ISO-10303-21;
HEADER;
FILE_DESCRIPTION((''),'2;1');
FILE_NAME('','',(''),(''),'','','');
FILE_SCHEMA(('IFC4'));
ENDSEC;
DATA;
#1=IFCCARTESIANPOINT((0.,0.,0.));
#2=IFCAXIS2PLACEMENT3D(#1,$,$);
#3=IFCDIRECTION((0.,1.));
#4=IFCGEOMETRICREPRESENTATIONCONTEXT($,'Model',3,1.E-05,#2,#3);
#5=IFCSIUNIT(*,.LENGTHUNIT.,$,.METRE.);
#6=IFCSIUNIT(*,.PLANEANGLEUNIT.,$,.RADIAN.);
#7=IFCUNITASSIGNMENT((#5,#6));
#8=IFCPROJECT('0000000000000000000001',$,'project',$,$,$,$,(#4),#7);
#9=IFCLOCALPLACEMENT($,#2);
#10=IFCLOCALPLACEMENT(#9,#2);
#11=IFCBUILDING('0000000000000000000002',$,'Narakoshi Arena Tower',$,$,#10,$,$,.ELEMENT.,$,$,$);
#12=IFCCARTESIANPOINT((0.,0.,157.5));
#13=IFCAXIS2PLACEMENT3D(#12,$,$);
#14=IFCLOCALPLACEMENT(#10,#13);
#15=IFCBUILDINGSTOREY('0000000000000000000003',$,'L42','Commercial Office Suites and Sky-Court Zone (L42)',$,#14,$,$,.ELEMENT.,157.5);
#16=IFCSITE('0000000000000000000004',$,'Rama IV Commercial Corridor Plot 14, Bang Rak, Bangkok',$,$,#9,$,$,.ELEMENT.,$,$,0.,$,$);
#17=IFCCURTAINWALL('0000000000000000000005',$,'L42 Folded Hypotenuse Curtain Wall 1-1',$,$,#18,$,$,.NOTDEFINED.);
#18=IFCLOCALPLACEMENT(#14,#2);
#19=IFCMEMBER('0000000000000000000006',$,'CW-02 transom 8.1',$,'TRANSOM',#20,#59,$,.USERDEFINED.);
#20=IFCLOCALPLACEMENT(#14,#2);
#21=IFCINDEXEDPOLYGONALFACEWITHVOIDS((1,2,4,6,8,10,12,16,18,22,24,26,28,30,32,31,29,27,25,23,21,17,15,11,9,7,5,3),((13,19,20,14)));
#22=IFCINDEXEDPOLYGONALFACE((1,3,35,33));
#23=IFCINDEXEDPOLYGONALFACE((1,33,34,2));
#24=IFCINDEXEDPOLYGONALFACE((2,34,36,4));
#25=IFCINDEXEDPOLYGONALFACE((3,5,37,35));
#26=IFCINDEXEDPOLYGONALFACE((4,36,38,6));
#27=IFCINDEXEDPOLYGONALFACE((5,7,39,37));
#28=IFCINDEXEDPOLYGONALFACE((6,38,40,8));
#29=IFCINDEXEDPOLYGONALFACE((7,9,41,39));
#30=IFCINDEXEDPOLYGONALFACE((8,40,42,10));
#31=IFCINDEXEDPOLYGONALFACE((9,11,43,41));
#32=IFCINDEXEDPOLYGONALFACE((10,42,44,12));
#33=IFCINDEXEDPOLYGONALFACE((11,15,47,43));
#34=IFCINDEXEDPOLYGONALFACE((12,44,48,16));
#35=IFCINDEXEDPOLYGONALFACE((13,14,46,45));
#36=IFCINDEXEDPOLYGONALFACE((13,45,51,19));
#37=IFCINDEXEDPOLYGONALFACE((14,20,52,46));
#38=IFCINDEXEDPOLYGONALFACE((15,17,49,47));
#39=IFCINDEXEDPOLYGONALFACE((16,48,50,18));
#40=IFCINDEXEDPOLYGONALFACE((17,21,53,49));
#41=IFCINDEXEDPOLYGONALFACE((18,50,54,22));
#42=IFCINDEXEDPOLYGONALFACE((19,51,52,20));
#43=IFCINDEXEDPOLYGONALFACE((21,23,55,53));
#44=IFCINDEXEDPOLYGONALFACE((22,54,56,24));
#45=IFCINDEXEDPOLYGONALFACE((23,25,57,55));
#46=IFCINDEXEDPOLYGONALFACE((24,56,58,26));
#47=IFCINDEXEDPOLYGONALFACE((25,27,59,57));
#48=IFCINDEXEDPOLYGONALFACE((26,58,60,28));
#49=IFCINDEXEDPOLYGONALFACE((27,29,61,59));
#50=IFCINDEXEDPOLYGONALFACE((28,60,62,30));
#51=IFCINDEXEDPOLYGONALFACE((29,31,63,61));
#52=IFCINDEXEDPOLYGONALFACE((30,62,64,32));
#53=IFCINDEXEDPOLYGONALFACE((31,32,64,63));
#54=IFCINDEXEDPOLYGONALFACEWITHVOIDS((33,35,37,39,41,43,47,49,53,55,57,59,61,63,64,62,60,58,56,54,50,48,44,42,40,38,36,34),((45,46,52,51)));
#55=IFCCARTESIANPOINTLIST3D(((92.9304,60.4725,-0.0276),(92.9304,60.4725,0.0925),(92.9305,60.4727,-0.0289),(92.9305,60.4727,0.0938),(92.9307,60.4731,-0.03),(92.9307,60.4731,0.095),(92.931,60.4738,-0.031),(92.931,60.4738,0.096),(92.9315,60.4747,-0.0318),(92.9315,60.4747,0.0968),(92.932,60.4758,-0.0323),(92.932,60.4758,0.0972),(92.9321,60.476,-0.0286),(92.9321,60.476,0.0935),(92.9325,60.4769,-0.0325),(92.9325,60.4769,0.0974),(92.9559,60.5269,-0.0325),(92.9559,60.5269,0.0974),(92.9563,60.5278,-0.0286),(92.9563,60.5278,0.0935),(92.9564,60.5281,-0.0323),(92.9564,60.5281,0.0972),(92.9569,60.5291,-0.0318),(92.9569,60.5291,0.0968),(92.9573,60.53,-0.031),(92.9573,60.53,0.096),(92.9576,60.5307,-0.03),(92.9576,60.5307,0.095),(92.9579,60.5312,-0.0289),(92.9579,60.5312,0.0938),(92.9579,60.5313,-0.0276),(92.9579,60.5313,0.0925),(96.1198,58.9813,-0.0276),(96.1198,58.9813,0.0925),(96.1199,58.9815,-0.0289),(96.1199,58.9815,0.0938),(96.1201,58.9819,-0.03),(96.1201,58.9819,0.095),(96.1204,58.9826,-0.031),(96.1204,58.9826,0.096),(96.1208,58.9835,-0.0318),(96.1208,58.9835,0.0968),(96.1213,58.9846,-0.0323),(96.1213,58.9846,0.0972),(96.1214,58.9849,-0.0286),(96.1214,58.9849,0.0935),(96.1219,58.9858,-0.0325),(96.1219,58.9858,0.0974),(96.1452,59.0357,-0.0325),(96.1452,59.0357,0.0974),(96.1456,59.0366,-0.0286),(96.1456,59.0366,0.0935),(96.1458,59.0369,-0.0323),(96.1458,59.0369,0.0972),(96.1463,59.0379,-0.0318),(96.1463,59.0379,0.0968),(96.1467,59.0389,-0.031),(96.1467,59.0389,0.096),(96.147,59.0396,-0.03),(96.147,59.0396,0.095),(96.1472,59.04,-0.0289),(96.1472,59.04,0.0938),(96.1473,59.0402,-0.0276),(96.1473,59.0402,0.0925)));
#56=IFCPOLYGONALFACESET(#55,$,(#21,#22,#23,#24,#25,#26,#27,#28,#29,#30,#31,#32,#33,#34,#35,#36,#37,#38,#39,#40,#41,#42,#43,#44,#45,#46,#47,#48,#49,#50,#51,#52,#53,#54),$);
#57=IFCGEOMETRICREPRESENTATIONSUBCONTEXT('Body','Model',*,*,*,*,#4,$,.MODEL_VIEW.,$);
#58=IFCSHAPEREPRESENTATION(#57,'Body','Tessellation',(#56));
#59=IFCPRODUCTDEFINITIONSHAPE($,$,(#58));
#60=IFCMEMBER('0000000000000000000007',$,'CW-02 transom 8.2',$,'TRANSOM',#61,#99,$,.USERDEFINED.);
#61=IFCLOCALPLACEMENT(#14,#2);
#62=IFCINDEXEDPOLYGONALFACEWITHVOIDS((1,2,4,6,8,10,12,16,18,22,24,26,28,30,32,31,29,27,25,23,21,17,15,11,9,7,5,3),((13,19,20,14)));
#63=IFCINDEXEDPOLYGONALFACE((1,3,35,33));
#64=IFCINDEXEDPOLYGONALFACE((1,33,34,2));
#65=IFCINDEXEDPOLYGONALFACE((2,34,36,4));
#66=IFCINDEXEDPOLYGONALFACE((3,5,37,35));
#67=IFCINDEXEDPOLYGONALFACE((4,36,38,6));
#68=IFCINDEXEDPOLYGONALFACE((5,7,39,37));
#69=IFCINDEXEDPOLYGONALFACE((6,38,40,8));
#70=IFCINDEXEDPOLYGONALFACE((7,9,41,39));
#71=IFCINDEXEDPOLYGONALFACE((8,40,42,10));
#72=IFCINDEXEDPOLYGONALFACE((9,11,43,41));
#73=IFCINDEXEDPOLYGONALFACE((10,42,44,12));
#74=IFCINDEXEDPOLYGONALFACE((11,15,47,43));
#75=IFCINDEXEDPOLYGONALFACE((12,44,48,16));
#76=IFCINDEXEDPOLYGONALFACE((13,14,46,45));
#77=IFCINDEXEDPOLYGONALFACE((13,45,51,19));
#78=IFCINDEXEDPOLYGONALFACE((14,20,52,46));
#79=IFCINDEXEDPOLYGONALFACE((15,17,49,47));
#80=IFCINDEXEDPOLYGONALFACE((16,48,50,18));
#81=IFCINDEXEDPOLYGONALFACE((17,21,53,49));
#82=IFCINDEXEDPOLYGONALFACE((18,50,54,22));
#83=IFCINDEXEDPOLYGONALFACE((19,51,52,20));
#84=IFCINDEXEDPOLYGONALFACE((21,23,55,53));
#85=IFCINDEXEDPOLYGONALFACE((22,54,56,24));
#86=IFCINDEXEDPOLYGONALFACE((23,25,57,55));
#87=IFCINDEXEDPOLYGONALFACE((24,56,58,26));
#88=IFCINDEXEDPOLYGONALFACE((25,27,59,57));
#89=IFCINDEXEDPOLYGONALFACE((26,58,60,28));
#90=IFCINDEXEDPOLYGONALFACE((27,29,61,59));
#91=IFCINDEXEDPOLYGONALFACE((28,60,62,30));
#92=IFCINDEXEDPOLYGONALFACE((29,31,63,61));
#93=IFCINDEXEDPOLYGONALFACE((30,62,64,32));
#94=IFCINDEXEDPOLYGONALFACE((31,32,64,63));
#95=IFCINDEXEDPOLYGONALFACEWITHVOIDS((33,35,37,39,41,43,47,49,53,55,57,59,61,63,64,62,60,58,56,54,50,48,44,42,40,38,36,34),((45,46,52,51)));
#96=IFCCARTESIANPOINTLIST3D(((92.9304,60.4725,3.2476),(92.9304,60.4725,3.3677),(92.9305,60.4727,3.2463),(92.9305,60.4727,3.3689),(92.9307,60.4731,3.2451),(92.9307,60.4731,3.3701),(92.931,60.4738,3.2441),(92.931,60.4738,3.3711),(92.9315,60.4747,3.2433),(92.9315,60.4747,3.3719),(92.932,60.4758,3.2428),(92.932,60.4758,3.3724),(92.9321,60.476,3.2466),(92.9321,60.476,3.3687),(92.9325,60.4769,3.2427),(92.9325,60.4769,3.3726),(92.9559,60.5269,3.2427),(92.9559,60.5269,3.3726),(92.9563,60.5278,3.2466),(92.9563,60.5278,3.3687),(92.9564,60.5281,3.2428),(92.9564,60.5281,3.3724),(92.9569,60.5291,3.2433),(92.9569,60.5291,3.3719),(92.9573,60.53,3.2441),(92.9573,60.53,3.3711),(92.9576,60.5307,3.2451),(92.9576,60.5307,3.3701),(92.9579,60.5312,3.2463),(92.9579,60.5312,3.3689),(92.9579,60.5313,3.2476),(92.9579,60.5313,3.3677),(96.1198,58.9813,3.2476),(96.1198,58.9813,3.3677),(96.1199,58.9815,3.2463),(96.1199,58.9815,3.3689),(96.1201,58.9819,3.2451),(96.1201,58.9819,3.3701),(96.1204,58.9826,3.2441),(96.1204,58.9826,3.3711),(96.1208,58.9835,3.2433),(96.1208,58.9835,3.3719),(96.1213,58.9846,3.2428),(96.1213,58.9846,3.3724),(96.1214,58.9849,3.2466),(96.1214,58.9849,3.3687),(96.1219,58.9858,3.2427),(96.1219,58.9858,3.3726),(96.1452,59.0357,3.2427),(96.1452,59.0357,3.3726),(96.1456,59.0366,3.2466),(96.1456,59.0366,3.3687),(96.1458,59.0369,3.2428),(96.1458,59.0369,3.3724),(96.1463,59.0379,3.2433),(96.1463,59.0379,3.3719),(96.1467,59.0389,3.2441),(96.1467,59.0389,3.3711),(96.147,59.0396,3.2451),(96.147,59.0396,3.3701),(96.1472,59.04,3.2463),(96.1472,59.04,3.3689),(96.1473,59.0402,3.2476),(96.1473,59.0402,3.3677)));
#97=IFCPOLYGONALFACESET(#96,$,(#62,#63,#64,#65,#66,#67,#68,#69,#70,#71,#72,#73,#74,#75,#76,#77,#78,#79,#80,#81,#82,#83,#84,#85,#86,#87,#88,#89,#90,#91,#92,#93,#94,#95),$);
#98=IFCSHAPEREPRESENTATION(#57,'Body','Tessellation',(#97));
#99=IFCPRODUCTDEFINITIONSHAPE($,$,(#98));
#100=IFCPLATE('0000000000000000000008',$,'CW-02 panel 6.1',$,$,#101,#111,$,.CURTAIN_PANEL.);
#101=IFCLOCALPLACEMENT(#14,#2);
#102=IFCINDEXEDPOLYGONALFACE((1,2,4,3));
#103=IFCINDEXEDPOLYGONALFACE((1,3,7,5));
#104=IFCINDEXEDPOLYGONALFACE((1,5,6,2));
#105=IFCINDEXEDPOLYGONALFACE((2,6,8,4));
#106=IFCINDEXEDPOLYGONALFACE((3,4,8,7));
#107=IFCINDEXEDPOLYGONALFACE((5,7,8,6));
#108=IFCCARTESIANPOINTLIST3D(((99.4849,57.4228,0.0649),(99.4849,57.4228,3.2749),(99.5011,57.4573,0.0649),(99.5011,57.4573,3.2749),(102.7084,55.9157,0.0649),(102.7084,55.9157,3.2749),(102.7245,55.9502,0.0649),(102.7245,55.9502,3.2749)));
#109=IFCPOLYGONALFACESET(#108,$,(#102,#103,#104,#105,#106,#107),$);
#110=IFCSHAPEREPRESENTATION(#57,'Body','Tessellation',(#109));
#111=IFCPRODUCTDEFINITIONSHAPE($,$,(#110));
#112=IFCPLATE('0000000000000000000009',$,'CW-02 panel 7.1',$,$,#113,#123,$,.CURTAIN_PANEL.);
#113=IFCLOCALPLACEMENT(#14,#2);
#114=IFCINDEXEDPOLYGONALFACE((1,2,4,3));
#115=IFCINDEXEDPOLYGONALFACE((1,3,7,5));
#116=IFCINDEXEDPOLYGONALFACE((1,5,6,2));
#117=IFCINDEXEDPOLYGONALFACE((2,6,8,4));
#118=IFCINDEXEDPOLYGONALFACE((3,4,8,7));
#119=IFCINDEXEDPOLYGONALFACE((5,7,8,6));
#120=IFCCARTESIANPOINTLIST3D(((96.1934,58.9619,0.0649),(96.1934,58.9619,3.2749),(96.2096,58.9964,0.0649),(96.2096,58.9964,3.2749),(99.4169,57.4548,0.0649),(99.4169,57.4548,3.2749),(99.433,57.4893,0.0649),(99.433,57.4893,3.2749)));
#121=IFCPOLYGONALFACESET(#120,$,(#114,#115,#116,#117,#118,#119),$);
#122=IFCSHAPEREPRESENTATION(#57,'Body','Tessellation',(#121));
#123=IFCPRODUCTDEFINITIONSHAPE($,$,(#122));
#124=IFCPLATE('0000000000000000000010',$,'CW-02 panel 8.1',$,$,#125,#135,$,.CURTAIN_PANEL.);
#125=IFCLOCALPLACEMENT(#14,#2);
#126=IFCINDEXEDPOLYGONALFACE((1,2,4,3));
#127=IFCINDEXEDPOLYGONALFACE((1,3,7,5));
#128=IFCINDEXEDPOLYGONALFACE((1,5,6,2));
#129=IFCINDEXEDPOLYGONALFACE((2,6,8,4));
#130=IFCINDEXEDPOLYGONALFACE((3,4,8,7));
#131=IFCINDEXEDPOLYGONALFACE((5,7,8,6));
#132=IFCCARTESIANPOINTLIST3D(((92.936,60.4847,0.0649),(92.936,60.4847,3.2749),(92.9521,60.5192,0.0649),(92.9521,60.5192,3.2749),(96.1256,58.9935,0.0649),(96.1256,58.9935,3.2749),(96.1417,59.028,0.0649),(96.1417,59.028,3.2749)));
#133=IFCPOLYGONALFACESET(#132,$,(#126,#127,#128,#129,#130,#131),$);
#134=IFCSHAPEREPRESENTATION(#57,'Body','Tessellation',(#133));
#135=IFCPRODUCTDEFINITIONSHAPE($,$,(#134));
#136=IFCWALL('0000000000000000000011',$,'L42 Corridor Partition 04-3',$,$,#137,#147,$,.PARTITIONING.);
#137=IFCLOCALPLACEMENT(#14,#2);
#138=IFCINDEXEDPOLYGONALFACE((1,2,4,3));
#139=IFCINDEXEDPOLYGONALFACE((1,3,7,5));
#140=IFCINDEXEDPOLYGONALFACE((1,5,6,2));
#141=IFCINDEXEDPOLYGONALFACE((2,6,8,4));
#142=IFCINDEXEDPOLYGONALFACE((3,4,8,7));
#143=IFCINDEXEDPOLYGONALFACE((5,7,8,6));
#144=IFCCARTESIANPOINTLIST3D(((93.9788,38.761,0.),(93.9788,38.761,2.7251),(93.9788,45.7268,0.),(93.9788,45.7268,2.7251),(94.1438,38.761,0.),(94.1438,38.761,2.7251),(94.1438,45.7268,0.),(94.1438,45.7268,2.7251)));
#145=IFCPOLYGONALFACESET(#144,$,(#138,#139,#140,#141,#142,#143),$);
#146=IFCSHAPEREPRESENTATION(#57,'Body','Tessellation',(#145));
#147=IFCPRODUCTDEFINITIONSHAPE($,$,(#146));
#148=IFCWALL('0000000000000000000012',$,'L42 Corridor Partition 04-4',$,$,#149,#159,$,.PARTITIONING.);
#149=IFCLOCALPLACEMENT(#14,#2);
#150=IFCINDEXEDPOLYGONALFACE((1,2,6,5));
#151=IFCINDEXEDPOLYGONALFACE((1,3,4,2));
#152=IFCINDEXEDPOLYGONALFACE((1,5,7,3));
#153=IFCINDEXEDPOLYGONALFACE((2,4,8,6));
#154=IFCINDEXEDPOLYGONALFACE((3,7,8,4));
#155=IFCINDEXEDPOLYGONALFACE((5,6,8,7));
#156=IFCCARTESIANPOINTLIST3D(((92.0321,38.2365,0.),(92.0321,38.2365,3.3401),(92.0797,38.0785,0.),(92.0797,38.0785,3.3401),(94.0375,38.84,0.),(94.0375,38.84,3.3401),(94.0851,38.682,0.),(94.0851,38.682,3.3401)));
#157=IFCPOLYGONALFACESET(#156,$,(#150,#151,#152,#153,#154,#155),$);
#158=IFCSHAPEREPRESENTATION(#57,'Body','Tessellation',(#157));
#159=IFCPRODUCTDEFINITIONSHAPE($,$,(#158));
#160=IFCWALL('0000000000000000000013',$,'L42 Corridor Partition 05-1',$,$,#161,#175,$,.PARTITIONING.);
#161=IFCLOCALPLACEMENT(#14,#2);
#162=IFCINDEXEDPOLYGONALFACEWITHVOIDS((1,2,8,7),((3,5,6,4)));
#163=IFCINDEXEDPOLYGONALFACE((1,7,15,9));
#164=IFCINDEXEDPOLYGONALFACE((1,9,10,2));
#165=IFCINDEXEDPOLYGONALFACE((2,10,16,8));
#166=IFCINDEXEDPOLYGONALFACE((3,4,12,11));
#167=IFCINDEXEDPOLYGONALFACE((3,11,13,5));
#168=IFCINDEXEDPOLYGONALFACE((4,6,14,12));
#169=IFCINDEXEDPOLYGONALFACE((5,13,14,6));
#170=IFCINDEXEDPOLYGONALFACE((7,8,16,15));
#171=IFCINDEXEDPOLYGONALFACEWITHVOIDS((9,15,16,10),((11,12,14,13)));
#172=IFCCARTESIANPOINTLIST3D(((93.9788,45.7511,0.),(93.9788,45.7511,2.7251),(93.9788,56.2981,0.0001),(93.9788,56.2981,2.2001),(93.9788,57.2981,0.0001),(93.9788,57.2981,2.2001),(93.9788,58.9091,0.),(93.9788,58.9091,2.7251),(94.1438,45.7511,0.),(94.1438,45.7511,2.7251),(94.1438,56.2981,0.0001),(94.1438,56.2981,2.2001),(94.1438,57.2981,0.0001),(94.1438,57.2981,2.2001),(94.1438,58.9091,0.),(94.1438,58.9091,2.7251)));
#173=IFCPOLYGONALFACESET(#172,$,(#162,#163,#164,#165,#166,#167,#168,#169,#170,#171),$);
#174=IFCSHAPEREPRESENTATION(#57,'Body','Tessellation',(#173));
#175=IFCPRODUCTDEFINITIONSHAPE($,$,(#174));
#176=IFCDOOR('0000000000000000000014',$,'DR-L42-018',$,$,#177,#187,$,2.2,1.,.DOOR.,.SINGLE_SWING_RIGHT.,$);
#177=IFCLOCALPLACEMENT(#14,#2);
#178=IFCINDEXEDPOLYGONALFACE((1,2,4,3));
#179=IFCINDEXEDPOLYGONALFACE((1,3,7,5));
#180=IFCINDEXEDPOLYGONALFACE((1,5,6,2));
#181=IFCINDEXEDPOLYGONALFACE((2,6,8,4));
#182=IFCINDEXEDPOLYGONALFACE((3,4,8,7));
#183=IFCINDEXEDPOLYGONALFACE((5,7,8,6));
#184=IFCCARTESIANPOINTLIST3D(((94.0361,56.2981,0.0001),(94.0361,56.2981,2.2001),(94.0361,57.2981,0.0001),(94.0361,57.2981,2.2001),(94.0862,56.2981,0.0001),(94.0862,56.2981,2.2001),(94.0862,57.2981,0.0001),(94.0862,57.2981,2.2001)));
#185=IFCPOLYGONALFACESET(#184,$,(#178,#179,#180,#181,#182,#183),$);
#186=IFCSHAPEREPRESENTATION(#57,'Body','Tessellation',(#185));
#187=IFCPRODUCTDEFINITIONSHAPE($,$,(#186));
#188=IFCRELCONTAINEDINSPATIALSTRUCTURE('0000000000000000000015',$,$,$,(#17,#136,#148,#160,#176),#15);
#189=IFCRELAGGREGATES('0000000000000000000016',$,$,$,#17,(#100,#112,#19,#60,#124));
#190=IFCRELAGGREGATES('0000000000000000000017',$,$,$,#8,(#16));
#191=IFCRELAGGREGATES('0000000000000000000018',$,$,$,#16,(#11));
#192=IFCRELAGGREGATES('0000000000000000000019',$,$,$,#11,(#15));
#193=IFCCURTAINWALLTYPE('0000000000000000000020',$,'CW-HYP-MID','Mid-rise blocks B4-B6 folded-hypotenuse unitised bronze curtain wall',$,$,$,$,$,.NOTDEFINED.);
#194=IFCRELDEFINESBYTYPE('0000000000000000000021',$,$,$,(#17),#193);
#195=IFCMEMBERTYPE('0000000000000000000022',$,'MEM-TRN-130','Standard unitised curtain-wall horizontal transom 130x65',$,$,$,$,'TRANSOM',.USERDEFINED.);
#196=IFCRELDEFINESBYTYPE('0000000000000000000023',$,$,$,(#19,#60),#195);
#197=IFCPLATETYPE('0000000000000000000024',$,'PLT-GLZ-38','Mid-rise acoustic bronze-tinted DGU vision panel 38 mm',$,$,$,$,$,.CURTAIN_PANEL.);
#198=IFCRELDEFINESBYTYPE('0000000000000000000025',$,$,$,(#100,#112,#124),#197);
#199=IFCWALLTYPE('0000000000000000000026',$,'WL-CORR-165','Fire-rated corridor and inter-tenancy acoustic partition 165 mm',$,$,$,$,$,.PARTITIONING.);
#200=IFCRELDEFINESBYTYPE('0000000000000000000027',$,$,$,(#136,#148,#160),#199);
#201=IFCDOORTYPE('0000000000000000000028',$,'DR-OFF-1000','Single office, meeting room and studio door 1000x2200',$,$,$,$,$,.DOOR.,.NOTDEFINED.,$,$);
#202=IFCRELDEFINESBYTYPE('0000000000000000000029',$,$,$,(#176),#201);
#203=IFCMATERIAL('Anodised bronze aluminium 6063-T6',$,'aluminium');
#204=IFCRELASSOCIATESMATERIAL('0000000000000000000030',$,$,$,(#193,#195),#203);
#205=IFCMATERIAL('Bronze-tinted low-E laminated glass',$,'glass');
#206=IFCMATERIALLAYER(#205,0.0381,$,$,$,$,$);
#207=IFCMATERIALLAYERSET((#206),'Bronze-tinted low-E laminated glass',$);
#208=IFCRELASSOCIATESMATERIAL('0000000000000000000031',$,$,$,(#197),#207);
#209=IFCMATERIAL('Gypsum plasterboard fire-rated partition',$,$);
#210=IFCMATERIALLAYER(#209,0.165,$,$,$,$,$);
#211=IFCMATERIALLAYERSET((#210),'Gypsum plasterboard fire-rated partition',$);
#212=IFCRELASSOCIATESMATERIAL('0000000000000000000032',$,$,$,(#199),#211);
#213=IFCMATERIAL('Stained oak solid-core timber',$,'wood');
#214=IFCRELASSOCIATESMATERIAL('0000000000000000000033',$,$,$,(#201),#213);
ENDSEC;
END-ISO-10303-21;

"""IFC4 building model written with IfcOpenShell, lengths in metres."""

from ifc_helpers import new_model, si_unit, direction, frame, frame_2d, origin, origin_2d, place, context, subcontext, project, spatial, rectangle, hollow_rectangle, extrude, material, layer, layer_set, material_profile, profile_set, type_object, element, fill, aggregate, save


model = new_model("IFC4")

# Units and contexts
model_context = context("Model", 3, precision=1e-05, world=origin(), true_north=direction((0.0, 1.0)))
body_context = subcontext(model_context, "Body", "Model", "MODEL_VIEW")
ifc_project = project(units=[si_unit("LENGTHUNIT", "METRE"), si_unit("PLANEANGLEUNIT", "RADIAN")], contexts=[model_context])

# Site, building, storey
site_placement = place(None, origin())
site = spatial("IfcSite", under=ifc_project, at=site_placement, Name="Rama IV Commercial Corridor Plot 14, Bang Rak, Bangkok", CompositionType="ELEMENT", RefElevation=0.0)
building_placement = place(site_placement, origin())
building = spatial("IfcBuilding", under=site, at=building_placement, Name="Narakoshi Arena Tower", CompositionType="ELEMENT")
storey_placement = place(building_placement, frame((0.0, 0.0, 157.5)))
storey = spatial("IfcBuildingStorey", under=building, at=storey_placement, Name="L42", Description="Commercial Office Suites and Sky-Court Zone (L42)", CompositionType="ELEMENT", Elevation=157.5)

# Curtain wall, members, plates
ifc_material_1 = material(Name="Anodised bronze aluminium 6063-T6", Category="aluminium")
curtain_wall_type = type_object("IfcCurtainWallType", Name="CW-HYP-MID", Description="Mid-rise blocks B4-B6 folded-hypotenuse unitised bronze curtain wall", PredefinedType="NOTDEFINED", material=ifc_material_1)
curtain_wall_placement = place(storey_placement, origin())
curtain_wall = element("IfcCurtainWall", 1, at=curtain_wall_placement, inside=storey, type_object=curtain_wall_type, Name="L42 Folded Hypotenuse Curtain Wall 1-1", PredefinedType="NOTDEFINED")
ifc_material_profile_1 = material_profile(ifc_material_1, hollow_rectangle(XDim=0.0649, YDim=0.1299, WallThickness=0.0039, OuterFilletRadius=0.0049, at=origin_2d()), Name="TRN130x65x4")
ifc_profile_set_1 = profile_set([ifc_material_profile_1], Name="Anodised bronze aluminium 6063-T6")
member_type_1 = type_object("IfcMemberType", Name="MEM-TRN-130", Description="Standard unitised curtain-wall horizontal transom 130x65", ElementType="TRANSOM", PredefinedType="USERDEFINED", material=ifc_profile_set_1)
member_1_placement = place(storey_placement, frame((96.1335, 59.0107, 0.0325), z_axis=(-0.905878, 0.423538, 0.0), x_axis=(-0.423538, -0.905878, 0.0)))
member_1 = element("IfcMember", 2, at=member_1_placement, type_object=member_type_1, Name="CW-02 transom 8.1", ObjectType="TRANSOM", PredefinedType="USERDEFINED", context=body_context, shape_type="SweptSolid", body=[
    extrude(hollow_rectangle(XDim=0.0649, YDim=0.1299, WallThickness=0.0039, OuterFilletRadius=0.0049, at=origin_2d()), origin(), (0.0, 0.0, 1.0), 3.5208),
])
member_2_placement = place(storey_placement, frame((96.1335, 59.0107, 3.3076), z_axis=(-0.905878, 0.423538, 0.0), x_axis=(-0.423538, -0.905878, 0.0)))
member_2 = element("IfcMember", 3, at=member_2_placement, type_object=member_type_1, Name="CW-02 transom 8.2", ObjectType="TRANSOM", PredefinedType="USERDEFINED", context=body_context, shape_type="SweptSolid", body=[
    extrude(hollow_rectangle(XDim=0.0649, YDim=0.1299, WallThickness=0.0039, OuterFilletRadius=0.0049, at=origin_2d()), origin(), (0.0, 0.0, 1.0), 3.5208),
])
ifc_material_2 = material(Name="Bronze-tinted low-E laminated glass", Category="glass")
ifc_layer_1 = layer(ifc_material_2, 0.0381)
ifc_layer_set_1 = layer_set([ifc_layer_1], Name="Bronze-tinted low-E laminated glass")
plate_type = type_object("IfcPlateType", Name="PLT-GLZ-38", Description="Mid-rise acoustic bronze-tinted DGU vision panel 38 mm", PredefinedType="CURTAIN_PANEL", material=ifc_layer_set_1)
plate_1_placement = place(storey_placement, frame((101.1047, 56.6865, 0.0649), z_axis=(0.0, 0.0, 1.0), x_axis=(-0.905881, 0.423532, 0.0)))
plate_1 = element("IfcPlate", 4, at=plate_1_placement, type_object=plate_type, Name="CW-02 panel 6.1", PredefinedType="CURTAIN_PANEL", context=body_context, shape_type="SweptSolid", body=[
    extrude(rectangle(XDim=3.5583, YDim=0.0381, at=origin_2d()), origin(), (0.0, 0.0, 1.0), 3.21),
])
plate_2_placement = place(storey_placement, frame((97.8132, 58.2256, 0.0649), z_axis=(0.0, 0.0, 1.0), x_axis=(-0.905881, 0.423532, 0.0)))
plate_2 = element("IfcPlate", 5, at=plate_2_placement, type_object=plate_type, Name="CW-02 panel 7.1", PredefinedType="CURTAIN_PANEL", context=body_context, shape_type="SweptSolid", body=[
    extrude(rectangle(XDim=3.5583, YDim=0.0381, at=origin_2d()), origin(), (0.0, 0.0, 1.0), 3.21),
])
plate_3_placement = place(storey_placement, frame((94.5388, 59.7563, 0.0649), z_axis=(0.0, 0.0, 1.0), x_axis=(-0.905881, 0.423532, 0.0)))
plate_3 = element("IfcPlate", 6, at=plate_3_placement, type_object=plate_type, Name="CW-02 panel 8.1", PredefinedType="CURTAIN_PANEL", context=body_context, shape_type="SweptSolid", body=[
    extrude(rectangle(XDim=3.521, YDim=0.0381, at=origin_2d()), origin(), (0.0, 0.0, 1.0), 3.21),
])
aggregate(curtain_wall, [plate_1, plate_2, member_1, member_2, plate_3])

# Walls
ifc_material_3 = material(Name="Gypsum plasterboard fire-rated partition")
ifc_layer_2 = layer(ifc_material_3, 0.165)
ifc_layer_set_2 = layer_set([ifc_layer_2], Name="Gypsum plasterboard fire-rated partition")
wall_type_1 = type_object("IfcWallType", Name="WL-CORR-165", Description="Fire-rated corridor and inter-tenancy acoustic partition 165 mm", PredefinedType="PARTITIONING", material=ifc_layer_set_2)
wall_1_placement = place(storey_placement, frame((94.0613, 38.761, 0.0), z_axis=(0.0, 0.0, 1.0), x_axis=(0.0, 1.0, 0.0)))
element("IfcWall", 7, at=wall_1_placement, inside=storey, type_object=wall_type_1, Name="L42 Corridor Partition 04-3", PredefinedType="PARTITIONING", context=body_context, shape_type="SweptSolid", body=[
    extrude(rectangle(XDim=6.9658, YDim=0.165, at=frame_2d((3.4829, 0.0))), origin(), (0.0, 0.0, 1.0), 2.7251),
])
wall_2_placement = place(storey_placement, frame((92.0559, 38.1575, 0.0), z_axis=(0.0, 0.0, 1.0), x_axis=(0.957576, 0.288182, 0.0)))
element("IfcWall", 8, at=wall_2_placement, inside=storey, type_object=wall_type_1, Name="L42 Corridor Partition 04-4", PredefinedType="PARTITIONING", context=body_context, shape_type="SweptSolid", body=[
    extrude(rectangle(XDim=2.0942, YDim=0.165, at=frame_2d((1.0471, 0.0))), origin(), (0.0, 0.0, 1.0), 3.3401),
])

# Wall, opening, door
wall_3_placement = place(storey_placement, frame((94.0613, 45.751, 0.0), z_axis=(0.0, 0.0, 1.0), x_axis=(0.0, 1.0, 0.0)))
wall_3 = element("IfcWall", 9, at=wall_3_placement, inside=storey, type_object=wall_type_1, Name="L42 Corridor Partition 05-1", PredefinedType="PARTITIONING", context=body_context, shape_type="SweptSolid", body=[
    extrude(rectangle(XDim=13.158, YDim=0.165, at=frame_2d((6.5791, 0.0))), origin(), (0.0, 0.0, 1.0), 2.7251),
])
opening_1_placement = place(wall_3_placement, frame((10.5471, 0.0, 0.0)))
opening_1 = element("IfcOpeningElement", 10, at=opening_1_placement, cuts=wall_3, PredefinedType="OPENING", context=body_context, shape_type="SweptSolid", body=[
    extrude(rectangle(XDim=1.0, YDim=2.2, at=frame_2d((0.5, 1.1001))), frame((0.0, 0.0925, 0.0), z_axis=(0.0, -1.0, 0.0), x_axis=(1.0, 0.0, 0.0)), (0.0, 0.0, 1.0), 0.1851),
])
ifc_material_4 = material(Name="Stained oak solid-core timber", Category="wood")
door_type = type_object("IfcDoorType", Name="DR-OFF-1000", Description="Single office, meeting room and studio door 1000x2200", OperationType="NOTDEFINED", PredefinedType="DOOR", material=ifc_material_4)
door_placement = place(opening_1_placement, frame((1.0, 0.0, 0.0), z_axis=(0.0, 0.0, 1.0), x_axis=(-1.0, 0.0, 0.0)))
door = element("IfcDoor", 11, at=door_placement, inside=storey, type_object=door_type, Name="DR-L42-018", OperationType="SINGLE_SWING_RIGHT", OverallHeight=2.2, OverallWidth=1.0, PredefinedType="DOOR", context=body_context, shape_type="SweptSolid", body=[
    extrude(rectangle(XDim=1.0, YDim=2.2, at=frame_2d((0.5, 1.1001))), frame((0.0, 0.0249, 0.0), z_axis=(0.0, -1.0, 0.0), x_axis=(1.0, 0.0, 0.0)), (0.0, 0.0, 1.0), 0.05),
])
fill(opening_1, door)

save(model, "model.ifc")
